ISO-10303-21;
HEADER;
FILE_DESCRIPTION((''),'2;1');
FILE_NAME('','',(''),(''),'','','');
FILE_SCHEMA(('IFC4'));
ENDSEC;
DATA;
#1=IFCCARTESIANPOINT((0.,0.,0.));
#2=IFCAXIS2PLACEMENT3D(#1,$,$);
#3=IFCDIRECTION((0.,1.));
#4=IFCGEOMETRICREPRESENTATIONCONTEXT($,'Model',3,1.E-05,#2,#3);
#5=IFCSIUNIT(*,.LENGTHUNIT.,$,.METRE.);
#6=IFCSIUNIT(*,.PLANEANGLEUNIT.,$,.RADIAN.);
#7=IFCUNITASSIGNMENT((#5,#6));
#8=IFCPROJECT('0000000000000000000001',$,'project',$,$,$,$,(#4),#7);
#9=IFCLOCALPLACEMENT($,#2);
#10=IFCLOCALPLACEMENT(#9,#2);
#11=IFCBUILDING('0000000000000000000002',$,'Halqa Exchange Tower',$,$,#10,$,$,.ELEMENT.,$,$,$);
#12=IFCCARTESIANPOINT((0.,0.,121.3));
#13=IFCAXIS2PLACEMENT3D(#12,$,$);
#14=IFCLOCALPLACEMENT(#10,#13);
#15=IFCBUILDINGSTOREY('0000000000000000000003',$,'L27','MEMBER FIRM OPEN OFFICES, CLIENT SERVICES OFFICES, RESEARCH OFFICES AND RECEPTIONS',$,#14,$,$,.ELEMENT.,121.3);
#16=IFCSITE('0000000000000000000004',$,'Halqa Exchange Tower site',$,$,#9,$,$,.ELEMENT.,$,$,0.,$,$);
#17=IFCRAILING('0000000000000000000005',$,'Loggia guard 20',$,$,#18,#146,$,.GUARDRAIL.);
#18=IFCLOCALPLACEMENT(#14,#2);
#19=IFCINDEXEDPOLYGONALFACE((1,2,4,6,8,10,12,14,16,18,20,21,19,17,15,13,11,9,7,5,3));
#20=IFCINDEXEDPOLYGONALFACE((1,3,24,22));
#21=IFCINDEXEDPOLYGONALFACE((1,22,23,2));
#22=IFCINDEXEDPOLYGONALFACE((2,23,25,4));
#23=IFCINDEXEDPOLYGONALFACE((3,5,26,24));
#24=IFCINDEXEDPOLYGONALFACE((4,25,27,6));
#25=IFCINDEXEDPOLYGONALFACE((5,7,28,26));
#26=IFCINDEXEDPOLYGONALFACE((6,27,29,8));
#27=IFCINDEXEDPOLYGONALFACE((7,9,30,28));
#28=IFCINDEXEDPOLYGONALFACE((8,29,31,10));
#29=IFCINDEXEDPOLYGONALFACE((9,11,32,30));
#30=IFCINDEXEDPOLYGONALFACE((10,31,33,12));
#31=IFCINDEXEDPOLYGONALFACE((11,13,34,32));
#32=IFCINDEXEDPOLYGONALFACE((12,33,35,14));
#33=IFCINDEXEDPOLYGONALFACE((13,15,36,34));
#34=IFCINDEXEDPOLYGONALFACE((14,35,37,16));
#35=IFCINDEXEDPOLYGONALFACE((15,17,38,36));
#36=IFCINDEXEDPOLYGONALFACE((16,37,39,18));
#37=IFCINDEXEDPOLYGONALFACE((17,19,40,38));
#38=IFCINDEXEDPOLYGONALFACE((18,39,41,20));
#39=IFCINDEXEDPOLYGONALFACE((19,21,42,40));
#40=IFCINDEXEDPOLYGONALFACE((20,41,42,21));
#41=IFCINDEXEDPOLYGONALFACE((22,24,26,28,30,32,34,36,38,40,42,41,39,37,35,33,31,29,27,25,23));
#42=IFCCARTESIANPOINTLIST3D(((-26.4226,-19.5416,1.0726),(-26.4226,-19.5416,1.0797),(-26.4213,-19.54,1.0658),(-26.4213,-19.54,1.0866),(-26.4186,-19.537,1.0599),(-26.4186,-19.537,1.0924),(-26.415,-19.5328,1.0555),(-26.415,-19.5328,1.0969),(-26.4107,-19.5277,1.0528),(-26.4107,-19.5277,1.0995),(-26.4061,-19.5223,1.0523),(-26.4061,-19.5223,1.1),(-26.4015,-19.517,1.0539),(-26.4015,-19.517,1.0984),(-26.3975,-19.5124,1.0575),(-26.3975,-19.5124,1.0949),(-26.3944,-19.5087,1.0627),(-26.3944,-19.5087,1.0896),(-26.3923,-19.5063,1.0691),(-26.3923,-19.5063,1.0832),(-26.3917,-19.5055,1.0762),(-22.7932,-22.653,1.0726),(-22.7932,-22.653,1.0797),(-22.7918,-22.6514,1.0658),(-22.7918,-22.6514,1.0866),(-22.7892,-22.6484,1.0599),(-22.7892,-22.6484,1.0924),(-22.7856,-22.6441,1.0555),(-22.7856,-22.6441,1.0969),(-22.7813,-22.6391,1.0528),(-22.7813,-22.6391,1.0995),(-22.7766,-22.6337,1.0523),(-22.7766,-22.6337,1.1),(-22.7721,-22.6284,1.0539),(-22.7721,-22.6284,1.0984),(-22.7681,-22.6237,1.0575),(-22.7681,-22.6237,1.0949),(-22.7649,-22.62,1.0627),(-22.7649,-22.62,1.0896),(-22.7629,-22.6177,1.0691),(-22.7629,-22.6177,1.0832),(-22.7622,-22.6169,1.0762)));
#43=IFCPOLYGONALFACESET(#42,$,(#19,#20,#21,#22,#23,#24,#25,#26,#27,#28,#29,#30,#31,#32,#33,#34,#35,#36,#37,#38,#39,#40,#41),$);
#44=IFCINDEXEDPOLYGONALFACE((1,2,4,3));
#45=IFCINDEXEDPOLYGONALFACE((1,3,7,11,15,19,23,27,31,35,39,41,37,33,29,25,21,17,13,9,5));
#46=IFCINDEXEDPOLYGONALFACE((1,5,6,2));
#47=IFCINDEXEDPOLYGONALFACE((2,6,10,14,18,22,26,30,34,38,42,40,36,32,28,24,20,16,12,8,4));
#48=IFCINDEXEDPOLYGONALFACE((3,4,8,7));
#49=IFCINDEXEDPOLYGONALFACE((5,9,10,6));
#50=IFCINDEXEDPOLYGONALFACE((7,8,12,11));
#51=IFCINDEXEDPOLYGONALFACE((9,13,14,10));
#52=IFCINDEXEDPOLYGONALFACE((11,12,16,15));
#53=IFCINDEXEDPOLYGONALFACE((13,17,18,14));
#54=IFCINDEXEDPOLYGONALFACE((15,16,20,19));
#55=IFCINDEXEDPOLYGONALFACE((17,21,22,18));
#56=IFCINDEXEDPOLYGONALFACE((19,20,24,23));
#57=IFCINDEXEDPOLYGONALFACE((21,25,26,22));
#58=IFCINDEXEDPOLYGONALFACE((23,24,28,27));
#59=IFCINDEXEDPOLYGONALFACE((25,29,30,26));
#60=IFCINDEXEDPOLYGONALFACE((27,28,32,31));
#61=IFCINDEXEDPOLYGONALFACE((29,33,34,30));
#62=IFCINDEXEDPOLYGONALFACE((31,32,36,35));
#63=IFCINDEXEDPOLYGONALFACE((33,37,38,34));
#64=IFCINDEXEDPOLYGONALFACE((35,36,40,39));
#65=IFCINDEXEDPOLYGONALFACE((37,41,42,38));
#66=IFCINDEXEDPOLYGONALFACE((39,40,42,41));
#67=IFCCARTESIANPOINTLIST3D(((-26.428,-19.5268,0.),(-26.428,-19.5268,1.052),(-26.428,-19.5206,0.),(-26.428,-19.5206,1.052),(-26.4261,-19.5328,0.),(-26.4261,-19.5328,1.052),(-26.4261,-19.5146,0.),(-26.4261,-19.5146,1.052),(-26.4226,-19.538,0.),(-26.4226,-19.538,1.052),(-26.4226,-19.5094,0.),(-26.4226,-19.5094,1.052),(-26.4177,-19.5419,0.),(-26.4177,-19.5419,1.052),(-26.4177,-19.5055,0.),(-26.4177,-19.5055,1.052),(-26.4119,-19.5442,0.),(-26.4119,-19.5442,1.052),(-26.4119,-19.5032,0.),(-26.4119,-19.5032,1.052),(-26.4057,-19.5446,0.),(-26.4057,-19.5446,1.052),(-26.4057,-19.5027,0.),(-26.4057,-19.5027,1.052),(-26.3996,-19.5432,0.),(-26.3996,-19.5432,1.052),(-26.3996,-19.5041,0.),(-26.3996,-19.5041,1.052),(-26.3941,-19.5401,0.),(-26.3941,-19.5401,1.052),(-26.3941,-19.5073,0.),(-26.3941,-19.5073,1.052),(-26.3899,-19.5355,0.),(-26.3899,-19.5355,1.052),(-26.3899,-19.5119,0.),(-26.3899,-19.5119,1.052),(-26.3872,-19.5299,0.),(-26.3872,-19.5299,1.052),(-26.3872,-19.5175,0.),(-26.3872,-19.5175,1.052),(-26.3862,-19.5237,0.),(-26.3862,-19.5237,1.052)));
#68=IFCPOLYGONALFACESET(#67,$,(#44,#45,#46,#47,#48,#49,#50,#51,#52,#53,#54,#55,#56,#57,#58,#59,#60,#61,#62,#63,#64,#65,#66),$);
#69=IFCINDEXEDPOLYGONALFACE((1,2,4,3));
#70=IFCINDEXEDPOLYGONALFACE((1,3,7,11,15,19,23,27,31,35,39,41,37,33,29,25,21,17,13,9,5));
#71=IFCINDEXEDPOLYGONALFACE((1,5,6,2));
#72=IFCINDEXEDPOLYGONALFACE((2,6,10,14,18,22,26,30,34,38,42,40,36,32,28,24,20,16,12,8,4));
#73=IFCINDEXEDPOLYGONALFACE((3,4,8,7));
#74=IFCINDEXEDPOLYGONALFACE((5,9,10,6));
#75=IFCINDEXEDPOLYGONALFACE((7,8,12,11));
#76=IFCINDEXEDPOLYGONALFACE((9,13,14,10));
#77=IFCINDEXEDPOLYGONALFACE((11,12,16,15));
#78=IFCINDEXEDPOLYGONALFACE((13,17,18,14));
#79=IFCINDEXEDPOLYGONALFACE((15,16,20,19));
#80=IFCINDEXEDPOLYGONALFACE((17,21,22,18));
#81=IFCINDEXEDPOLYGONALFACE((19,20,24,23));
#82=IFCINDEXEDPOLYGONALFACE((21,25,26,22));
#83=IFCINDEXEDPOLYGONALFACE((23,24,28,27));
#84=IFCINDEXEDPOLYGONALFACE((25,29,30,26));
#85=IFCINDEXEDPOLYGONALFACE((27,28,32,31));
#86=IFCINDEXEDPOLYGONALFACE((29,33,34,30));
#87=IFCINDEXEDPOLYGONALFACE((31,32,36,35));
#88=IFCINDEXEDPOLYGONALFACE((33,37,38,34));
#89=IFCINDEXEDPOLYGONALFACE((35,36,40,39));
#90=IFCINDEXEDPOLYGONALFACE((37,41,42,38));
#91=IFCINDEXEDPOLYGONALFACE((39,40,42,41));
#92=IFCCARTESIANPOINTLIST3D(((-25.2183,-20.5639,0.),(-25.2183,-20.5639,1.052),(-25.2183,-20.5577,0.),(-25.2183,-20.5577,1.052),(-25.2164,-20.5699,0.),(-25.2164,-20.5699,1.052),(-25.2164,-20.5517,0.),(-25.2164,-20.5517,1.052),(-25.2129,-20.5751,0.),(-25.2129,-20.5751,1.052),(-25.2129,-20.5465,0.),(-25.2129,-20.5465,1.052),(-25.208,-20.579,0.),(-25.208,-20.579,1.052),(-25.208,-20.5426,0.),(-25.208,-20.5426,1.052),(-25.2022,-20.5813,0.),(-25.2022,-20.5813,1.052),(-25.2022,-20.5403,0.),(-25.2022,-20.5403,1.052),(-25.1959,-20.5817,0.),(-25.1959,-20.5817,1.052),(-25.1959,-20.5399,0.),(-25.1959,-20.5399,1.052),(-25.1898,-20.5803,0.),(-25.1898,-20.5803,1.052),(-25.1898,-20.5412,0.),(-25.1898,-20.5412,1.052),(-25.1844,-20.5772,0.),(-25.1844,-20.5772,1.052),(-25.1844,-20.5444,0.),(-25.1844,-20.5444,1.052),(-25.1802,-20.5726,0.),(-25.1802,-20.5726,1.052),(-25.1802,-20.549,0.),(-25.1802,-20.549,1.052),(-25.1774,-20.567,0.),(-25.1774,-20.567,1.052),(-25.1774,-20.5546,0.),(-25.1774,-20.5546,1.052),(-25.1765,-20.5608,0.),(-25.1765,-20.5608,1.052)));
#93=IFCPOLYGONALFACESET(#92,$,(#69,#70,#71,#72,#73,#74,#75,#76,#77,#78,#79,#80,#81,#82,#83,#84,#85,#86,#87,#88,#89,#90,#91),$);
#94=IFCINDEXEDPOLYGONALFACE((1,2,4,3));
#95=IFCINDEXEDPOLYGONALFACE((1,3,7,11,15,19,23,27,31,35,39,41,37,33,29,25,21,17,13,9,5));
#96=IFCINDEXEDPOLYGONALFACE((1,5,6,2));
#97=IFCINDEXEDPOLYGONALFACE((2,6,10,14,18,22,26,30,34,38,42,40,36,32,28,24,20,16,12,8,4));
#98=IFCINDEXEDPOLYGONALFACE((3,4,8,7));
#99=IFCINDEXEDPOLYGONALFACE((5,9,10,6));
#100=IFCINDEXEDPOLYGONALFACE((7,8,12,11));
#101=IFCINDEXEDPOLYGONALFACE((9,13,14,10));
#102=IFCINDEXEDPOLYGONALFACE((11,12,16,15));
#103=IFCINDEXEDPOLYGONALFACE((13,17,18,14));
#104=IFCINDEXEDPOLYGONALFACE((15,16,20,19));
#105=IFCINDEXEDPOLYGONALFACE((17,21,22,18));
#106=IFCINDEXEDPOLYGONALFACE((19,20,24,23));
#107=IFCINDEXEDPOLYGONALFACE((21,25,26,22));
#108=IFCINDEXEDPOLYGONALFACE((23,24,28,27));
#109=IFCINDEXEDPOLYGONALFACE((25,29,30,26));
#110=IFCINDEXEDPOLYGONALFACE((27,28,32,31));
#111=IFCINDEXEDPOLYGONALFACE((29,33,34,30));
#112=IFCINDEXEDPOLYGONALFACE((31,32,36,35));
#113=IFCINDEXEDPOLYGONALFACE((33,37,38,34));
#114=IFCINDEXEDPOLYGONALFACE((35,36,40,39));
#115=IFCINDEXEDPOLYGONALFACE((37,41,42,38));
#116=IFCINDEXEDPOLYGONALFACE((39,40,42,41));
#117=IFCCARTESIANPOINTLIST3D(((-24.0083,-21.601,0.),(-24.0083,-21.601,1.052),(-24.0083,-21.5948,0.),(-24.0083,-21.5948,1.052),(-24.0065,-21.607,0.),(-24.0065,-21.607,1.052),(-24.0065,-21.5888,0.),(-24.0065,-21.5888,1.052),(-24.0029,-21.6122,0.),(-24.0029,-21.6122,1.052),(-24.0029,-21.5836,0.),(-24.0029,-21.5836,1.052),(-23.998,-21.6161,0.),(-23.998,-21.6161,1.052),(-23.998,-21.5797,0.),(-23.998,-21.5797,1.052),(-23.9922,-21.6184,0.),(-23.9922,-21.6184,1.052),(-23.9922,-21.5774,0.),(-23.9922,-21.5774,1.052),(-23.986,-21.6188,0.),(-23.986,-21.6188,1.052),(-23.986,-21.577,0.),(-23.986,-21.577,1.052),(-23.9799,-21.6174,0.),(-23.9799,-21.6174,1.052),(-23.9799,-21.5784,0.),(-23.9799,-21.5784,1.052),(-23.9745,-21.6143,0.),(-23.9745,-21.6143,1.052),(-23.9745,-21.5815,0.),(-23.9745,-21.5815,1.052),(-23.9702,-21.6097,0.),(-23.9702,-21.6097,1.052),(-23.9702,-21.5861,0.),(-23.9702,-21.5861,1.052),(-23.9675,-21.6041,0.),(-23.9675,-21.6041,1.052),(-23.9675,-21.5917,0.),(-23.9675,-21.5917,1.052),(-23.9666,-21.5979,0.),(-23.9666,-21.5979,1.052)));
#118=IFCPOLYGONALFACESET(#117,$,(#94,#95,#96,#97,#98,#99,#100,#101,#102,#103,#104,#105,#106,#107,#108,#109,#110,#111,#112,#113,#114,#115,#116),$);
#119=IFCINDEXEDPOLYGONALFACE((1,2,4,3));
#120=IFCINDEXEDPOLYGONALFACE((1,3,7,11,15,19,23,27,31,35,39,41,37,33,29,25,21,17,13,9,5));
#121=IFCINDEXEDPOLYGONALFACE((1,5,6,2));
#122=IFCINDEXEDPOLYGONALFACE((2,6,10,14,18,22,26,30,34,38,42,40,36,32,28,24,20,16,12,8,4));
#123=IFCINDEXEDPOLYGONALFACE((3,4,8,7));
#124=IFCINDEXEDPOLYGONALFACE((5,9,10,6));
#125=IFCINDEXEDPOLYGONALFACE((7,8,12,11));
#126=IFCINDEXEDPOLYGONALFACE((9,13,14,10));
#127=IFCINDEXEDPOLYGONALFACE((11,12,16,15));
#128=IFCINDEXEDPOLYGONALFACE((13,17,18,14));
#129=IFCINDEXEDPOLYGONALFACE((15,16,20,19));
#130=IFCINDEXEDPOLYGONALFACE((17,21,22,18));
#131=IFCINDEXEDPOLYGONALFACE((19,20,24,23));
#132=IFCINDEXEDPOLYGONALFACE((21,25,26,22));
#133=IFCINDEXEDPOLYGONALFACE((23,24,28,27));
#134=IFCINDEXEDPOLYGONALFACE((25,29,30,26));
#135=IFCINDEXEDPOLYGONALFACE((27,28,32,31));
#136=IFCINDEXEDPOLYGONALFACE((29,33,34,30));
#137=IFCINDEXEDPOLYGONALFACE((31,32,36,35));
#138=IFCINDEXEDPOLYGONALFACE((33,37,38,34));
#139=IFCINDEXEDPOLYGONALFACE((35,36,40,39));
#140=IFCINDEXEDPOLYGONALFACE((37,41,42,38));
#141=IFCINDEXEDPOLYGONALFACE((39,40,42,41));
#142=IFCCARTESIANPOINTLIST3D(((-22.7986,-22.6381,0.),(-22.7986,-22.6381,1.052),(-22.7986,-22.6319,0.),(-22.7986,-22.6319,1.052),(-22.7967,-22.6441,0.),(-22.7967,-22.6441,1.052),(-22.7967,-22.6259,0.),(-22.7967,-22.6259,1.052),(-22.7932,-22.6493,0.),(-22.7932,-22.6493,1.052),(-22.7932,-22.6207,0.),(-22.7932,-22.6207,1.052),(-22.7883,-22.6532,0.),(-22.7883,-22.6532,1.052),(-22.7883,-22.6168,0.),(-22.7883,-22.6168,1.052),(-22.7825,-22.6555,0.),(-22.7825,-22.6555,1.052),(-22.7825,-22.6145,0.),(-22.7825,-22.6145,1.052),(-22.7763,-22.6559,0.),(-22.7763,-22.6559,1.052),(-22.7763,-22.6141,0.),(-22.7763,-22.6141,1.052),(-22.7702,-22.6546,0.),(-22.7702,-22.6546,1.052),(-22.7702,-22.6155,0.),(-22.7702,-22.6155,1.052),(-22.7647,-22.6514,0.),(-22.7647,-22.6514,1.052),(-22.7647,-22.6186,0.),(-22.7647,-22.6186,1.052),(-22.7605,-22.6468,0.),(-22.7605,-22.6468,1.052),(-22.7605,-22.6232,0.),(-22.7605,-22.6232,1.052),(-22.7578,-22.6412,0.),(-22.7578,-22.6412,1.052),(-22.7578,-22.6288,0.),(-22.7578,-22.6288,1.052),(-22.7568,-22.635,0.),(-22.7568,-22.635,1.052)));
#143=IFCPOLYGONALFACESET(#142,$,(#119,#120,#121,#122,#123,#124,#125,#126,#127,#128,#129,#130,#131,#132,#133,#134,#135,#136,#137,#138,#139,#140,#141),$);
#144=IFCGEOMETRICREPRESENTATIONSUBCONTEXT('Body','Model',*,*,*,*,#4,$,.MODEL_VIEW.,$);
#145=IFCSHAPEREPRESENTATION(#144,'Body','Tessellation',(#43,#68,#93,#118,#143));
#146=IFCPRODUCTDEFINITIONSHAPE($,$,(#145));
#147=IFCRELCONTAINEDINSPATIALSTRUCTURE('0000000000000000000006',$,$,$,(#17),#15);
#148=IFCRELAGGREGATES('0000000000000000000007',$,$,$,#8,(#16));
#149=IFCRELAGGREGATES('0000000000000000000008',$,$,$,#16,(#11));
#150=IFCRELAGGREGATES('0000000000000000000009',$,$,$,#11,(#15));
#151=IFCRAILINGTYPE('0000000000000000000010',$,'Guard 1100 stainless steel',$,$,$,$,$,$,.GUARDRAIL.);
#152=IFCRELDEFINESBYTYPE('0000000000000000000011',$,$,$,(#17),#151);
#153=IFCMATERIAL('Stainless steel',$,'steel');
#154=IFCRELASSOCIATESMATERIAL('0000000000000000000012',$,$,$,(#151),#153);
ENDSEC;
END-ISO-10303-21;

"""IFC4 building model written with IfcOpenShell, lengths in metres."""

from ifc_helpers import new_model, si_unit, direction, frame, origin, origin_2d, place, context, subcontext, project, spatial, circle, extrude, material, type_object, element, save


model = new_model("IFC4")

# Units and contexts
model_context = context("Model", 3, precision=1e-05, world=origin(), true_north=direction((0.0, 1.0)))
body_context = subcontext(model_context, "Body", "Model", "MODEL_VIEW")
ifc_project = project(units=[si_unit("LENGTHUNIT", "METRE"), si_unit("PLANEANGLEUNIT", "RADIAN")], contexts=[model_context])

# Site, building, storey
site_placement = place(None, origin())
site = spatial("IfcSite", under=ifc_project, at=site_placement, Name="Halqa Exchange Tower site", CompositionType="ELEMENT", RefElevation=0.0)
building_placement = place(site_placement, origin())
building = spatial("IfcBuilding", under=site, at=building_placement, Name="Halqa Exchange Tower", CompositionType="ELEMENT")
storey_placement = place(building_placement, frame((0.0, 0.0, 121.3)))
storey = spatial("IfcBuildingStorey", under=building, at=storey_placement, Name="L27", Description="MEMBER FIRM OPEN OFFICES, CLIENT SERVICES OFFICES, RESEARCH OFFICES AND RECEPTIONS", CompositionType="ELEMENT", Elevation=121.3)

# Railing
ifc_material_1 = material(Name="Stainless steel", Category="steel")
railing_type = type_object("IfcRailingType", Name="Guard 1100 stainless steel", PredefinedType="GUARDRAIL", material=ifc_material_1)
railing_1_placement = place(storey_placement, frame((-26.4072, -19.5237, 0.0)))
element("IfcRailing", 1, at=railing_1_placement, inside=storey, type_object=railing_type, Name="Loggia guard 20", PredefinedType="GUARDRAIL", context=body_context, shape_type="SweptSolid", body=[
    extrude(circle(Radius=0.0239, at=origin_2d()), frame((0.0, 0.0, 1.0762), z_axis=(0.759213, -0.650842, 0.0), x_axis=(0.650842, 0.759213, 0.0)), (0.0, 0.0, 1.0), 4.7805),
    extrude(circle(Radius=0.021, at=origin_2d()), origin(), (0.0, 0.0, 1.0), 1.052),
    extrude(circle(Radius=0.021, at=origin_2d()), frame((1.2097, -1.0371, 0.0)), (0.0, 0.0, 1.0), 1.052),
    extrude(circle(Radius=0.021, at=origin_2d()), frame((2.4197, -2.0742, 0.0)), (0.0, 0.0, 1.0), 1.052),
    extrude(circle(Radius=0.021, at=origin_2d()), frame((3.6294, -3.1113, 0.0)), (0.0, 0.0, 1.0), 1.052),
])

save(model, "model.ifc")
